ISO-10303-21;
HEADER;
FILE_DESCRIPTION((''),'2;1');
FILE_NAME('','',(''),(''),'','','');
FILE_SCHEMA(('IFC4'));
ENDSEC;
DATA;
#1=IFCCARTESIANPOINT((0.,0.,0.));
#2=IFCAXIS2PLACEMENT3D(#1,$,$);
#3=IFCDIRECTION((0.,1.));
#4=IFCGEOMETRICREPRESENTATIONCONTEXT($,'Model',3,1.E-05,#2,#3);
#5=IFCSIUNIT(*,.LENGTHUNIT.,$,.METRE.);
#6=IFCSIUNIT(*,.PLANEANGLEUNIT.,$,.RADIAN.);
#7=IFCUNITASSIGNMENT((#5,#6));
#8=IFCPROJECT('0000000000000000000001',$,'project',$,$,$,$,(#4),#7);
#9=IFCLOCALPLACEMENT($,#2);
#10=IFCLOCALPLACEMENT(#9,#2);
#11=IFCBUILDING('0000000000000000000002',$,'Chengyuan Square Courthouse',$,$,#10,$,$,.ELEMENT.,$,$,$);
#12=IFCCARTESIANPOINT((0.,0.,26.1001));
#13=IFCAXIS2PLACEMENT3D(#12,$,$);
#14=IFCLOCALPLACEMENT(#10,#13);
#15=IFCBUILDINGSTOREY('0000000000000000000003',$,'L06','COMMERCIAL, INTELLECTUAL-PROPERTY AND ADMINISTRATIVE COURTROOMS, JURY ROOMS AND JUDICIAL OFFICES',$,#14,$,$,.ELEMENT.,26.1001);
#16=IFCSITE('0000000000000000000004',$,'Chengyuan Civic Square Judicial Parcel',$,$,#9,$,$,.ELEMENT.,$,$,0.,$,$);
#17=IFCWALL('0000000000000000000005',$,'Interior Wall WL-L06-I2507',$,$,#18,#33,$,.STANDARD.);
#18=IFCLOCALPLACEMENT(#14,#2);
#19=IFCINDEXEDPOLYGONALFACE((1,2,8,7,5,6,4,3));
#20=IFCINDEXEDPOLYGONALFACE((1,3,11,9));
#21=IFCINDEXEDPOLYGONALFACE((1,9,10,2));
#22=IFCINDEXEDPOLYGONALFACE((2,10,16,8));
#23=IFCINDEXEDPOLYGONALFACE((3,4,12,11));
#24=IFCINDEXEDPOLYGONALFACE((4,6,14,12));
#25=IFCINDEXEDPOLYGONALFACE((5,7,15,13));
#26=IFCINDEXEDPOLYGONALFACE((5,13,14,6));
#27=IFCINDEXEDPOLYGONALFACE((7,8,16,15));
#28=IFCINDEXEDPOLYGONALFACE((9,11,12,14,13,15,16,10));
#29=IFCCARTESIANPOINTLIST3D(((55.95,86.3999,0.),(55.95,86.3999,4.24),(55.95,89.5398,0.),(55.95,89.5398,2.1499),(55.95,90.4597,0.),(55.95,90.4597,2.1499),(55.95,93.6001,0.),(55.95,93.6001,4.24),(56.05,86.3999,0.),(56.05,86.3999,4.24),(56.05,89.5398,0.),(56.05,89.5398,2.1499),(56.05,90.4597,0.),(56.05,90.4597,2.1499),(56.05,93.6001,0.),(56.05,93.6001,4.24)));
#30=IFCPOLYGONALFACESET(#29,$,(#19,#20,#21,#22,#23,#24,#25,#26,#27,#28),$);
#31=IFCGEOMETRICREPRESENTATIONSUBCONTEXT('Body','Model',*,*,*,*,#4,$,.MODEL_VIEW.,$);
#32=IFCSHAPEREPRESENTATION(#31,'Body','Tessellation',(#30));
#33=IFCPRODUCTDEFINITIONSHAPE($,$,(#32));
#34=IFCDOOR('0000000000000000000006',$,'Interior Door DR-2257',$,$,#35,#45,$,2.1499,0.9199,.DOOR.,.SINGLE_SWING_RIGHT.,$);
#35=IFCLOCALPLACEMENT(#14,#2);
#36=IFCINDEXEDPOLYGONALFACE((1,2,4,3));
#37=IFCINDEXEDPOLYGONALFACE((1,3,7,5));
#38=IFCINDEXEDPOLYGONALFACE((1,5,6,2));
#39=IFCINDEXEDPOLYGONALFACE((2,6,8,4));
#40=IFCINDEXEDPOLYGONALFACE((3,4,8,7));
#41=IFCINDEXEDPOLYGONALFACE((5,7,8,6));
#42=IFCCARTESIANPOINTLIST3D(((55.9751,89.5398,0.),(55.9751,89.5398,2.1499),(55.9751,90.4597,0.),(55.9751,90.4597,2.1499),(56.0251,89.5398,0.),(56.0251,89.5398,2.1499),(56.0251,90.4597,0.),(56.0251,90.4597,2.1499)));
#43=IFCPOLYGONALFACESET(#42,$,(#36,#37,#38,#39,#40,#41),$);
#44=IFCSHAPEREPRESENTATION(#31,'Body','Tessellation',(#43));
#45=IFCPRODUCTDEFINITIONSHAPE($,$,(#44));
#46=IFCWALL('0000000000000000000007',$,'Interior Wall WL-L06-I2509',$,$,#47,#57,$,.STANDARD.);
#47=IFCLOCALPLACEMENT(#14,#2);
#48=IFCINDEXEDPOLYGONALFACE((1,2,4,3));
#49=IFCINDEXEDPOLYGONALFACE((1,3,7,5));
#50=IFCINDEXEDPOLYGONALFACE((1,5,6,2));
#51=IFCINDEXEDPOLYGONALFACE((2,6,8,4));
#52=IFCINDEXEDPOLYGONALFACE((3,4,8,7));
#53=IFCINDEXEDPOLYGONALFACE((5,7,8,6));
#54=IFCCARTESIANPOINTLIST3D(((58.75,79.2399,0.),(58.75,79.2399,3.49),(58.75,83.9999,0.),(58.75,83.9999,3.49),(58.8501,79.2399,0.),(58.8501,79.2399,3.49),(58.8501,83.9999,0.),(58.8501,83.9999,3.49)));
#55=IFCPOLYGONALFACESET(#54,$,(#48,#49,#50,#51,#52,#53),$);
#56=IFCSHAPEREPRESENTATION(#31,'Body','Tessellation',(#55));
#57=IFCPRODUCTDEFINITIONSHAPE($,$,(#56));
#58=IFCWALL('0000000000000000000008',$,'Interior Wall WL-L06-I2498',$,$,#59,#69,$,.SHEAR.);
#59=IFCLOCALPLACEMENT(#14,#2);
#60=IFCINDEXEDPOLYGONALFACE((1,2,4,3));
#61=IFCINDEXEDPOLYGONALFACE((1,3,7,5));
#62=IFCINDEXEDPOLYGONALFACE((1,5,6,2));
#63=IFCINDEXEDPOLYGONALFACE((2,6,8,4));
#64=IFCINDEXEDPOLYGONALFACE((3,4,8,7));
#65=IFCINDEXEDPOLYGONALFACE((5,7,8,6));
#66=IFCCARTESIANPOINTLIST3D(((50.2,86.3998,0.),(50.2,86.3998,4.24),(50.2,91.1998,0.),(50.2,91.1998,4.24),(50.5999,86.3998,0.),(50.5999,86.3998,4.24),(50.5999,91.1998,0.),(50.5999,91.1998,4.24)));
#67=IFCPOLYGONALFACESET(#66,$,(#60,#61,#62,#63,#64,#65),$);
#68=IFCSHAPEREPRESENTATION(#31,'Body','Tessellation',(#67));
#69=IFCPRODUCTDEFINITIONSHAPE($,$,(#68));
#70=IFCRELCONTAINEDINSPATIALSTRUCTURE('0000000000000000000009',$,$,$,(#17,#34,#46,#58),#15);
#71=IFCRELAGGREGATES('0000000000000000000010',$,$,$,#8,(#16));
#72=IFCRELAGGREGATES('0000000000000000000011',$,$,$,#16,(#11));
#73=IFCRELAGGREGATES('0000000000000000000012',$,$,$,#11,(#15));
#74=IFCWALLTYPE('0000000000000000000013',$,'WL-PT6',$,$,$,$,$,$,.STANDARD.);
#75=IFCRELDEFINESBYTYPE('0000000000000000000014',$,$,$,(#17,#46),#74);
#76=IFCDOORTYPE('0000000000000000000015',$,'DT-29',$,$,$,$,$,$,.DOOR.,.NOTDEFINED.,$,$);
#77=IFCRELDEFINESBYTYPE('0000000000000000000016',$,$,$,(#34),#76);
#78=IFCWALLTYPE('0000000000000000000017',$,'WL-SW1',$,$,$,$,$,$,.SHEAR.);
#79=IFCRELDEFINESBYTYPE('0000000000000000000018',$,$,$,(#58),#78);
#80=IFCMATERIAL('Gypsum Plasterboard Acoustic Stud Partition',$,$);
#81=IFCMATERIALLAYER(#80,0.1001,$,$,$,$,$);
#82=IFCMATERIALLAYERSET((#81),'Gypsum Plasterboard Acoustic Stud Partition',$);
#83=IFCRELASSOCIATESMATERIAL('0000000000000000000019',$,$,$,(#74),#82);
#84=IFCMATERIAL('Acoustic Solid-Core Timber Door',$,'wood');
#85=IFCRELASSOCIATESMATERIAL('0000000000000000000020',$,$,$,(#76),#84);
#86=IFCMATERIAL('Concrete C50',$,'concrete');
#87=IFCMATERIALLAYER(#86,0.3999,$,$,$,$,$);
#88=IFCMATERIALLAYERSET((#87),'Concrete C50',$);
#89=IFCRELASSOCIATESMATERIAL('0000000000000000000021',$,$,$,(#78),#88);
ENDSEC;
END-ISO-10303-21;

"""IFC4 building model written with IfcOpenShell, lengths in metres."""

from ifc_helpers import new_model, si_unit, direction, frame, frame_2d, origin, place, context, subcontext, project, spatial, rectangle, extrude, material, layer, layer_set, type_object, element, fill, save


model = new_model("IFC4")

# Units and contexts
model_context = context("Model", 3, precision=1e-05, world=origin(), true_north=direction((0.0, 1.0)))
body_context = subcontext(model_context, "Body", "Model", "MODEL_VIEW")
ifc_project = project(units=[si_unit("LENGTHUNIT", "METRE"), si_unit("PLANEANGLEUNIT", "RADIAN")], contexts=[model_context])

# Site, building, storey
site_placement = place(None, origin())
site = spatial("IfcSite", under=ifc_project, at=site_placement, Name="Chengyuan Civic Square Judicial Parcel", CompositionType="ELEMENT", RefElevation=0.0)
building_placement = place(site_placement, origin())
building = spatial("IfcBuilding", under=site, at=building_placement, Name="Chengyuan Square Courthouse", CompositionType="ELEMENT")
storey_placement = place(building_placement, frame((0.0, 0.0, 26.1001)))
storey = spatial("IfcBuildingStorey", under=building, at=storey_placement, Name="L06", Description="COMMERCIAL, INTELLECTUAL-PROPERTY AND ADMINISTRATIVE COURTROOMS, JURY ROOMS AND JUDICIAL OFFICES", CompositionType="ELEMENT", Elevation=26.1001)

# Shared definitions
ifc_material_1 = material(Name="Concrete C50", Category="concrete")

# Shared definitions
ifc_material_2 = material(Name="Gypsum Plasterboard Acoustic Stud Partition")
ifc_layer_1 = layer(ifc_material_2, 0.1001)
ifc_layer_set_1 = layer_set([ifc_layer_1], Name="Gypsum Plasterboard Acoustic Stud Partition")
wall_type_1 = type_object("IfcWallType", Name="WL-PT6", PredefinedType="STANDARD", material=ifc_layer_set_1)
ifc_material_3 = material(Name="Acoustic Solid-Core Timber Door", Category="wood")

# Wall, opening, door
wall_1_placement = place(storey_placement, frame((56.0, 86.3999, 0.0), z_axis=(0.0, 0.0, 1.0), x_axis=(0.0, 1.0, 0.0)))
wall_1 = element("IfcWall", 1, at=wall_1_placement, inside=storey, type_object=wall_type_1, Name="Interior Wall WL-L06-I2507", PredefinedType="STANDARD", context=body_context, shape_type="SweptSolid", body=[
    extrude(rectangle(XDim=7.2002, YDim=0.1001, at=frame_2d((3.6001, 0.0))), origin(), (0.0, 0.0, 1.0), 4.24),
])
opening_1_placement = place(wall_1_placement, frame((3.1399, 0.0, 0.0)))
opening_1 = element("IfcOpeningElement", 2, at=opening_1_placement, cuts=wall_1, PredefinedType="OPENING", context=body_context, shape_type="SweptSolid", body=[
    extrude(rectangle(XDim=0.9199, YDim=2.1499, at=frame_2d((0.46, 1.075))), frame((0.0, 0.062, 0.0), z_axis=(0.0, -1.0, 0.0), x_axis=(1.0, 0.0, 0.0)), (0.0, 0.0, 1.0), 0.124),
])
door_type_1 = type_object("IfcDoorType", Name="DT-29", OperationType="NOTDEFINED", PredefinedType="DOOR", material=ifc_material_3)
door_1_placement = place(opening_1_placement, origin())
door_1 = element("IfcDoor", 3, at=door_1_placement, inside=storey, type_object=door_type_1, Name="Interior Door DR-2257", OperationType="SINGLE_SWING_RIGHT", OverallHeight=2.1499, OverallWidth=0.9199, PredefinedType="DOOR", context=body_context, shape_type="SweptSolid", body=[
    extrude(rectangle(XDim=0.9199, YDim=2.1499, at=frame_2d((0.46, 1.075))), frame((0.0, 0.0249, 0.0), z_axis=(0.0, -1.0, 0.0), x_axis=(1.0, 0.0, 0.0)), (0.0, 0.0, 1.0), 0.05),
])
fill(opening_1, door_1)

# Walls
wall_2_placement = place(storey_placement, frame((58.8, 79.24, 0.0), z_axis=(0.0, 0.0, 1.0), x_axis=(0.0, 1.0, 0.0)))
element("IfcWall", 4, at=wall_2_placement, inside=storey, type_object=wall_type_1, Name="Interior Wall WL-L06-I2509", PredefinedType="STANDARD", context=body_context, shape_type="SweptSolid", body=[
    extrude(rectangle(XDim=4.76, YDim=0.1001, at=frame_2d((2.3799, 0.0))), origin(), (0.0, 0.0, 1.0), 3.49),
])
ifc_layer_2 = layer(ifc_material_1, 0.3999)
ifc_layer_set_2 = layer_set([ifc_layer_2], Name="Concrete C50")
wall_type_2 = type_object("IfcWallType", Name="WL-SW1", PredefinedType="SHEAR", material=ifc_layer_set_2)
wall_3_placement = place(storey_placement, frame((50.3999, 86.3999, 0.0), z_axis=(0.0, 0.0, 1.0), x_axis=(0.0, 1.0, 0.0)))
element("IfcWall", 5, at=wall_3_placement, inside=storey, type_object=wall_type_2, Name="Interior Wall WL-L06-I2498", PredefinedType="SHEAR", context=body_context, shape_type="SweptSolid", body=[
    extrude(rectangle(XDim=4.8, YDim=0.3999, at=frame_2d((2.3999, 0.0))), origin(), (0.0, 0.0, 1.0), 4.24),
])

save(model, "model.ifc")
